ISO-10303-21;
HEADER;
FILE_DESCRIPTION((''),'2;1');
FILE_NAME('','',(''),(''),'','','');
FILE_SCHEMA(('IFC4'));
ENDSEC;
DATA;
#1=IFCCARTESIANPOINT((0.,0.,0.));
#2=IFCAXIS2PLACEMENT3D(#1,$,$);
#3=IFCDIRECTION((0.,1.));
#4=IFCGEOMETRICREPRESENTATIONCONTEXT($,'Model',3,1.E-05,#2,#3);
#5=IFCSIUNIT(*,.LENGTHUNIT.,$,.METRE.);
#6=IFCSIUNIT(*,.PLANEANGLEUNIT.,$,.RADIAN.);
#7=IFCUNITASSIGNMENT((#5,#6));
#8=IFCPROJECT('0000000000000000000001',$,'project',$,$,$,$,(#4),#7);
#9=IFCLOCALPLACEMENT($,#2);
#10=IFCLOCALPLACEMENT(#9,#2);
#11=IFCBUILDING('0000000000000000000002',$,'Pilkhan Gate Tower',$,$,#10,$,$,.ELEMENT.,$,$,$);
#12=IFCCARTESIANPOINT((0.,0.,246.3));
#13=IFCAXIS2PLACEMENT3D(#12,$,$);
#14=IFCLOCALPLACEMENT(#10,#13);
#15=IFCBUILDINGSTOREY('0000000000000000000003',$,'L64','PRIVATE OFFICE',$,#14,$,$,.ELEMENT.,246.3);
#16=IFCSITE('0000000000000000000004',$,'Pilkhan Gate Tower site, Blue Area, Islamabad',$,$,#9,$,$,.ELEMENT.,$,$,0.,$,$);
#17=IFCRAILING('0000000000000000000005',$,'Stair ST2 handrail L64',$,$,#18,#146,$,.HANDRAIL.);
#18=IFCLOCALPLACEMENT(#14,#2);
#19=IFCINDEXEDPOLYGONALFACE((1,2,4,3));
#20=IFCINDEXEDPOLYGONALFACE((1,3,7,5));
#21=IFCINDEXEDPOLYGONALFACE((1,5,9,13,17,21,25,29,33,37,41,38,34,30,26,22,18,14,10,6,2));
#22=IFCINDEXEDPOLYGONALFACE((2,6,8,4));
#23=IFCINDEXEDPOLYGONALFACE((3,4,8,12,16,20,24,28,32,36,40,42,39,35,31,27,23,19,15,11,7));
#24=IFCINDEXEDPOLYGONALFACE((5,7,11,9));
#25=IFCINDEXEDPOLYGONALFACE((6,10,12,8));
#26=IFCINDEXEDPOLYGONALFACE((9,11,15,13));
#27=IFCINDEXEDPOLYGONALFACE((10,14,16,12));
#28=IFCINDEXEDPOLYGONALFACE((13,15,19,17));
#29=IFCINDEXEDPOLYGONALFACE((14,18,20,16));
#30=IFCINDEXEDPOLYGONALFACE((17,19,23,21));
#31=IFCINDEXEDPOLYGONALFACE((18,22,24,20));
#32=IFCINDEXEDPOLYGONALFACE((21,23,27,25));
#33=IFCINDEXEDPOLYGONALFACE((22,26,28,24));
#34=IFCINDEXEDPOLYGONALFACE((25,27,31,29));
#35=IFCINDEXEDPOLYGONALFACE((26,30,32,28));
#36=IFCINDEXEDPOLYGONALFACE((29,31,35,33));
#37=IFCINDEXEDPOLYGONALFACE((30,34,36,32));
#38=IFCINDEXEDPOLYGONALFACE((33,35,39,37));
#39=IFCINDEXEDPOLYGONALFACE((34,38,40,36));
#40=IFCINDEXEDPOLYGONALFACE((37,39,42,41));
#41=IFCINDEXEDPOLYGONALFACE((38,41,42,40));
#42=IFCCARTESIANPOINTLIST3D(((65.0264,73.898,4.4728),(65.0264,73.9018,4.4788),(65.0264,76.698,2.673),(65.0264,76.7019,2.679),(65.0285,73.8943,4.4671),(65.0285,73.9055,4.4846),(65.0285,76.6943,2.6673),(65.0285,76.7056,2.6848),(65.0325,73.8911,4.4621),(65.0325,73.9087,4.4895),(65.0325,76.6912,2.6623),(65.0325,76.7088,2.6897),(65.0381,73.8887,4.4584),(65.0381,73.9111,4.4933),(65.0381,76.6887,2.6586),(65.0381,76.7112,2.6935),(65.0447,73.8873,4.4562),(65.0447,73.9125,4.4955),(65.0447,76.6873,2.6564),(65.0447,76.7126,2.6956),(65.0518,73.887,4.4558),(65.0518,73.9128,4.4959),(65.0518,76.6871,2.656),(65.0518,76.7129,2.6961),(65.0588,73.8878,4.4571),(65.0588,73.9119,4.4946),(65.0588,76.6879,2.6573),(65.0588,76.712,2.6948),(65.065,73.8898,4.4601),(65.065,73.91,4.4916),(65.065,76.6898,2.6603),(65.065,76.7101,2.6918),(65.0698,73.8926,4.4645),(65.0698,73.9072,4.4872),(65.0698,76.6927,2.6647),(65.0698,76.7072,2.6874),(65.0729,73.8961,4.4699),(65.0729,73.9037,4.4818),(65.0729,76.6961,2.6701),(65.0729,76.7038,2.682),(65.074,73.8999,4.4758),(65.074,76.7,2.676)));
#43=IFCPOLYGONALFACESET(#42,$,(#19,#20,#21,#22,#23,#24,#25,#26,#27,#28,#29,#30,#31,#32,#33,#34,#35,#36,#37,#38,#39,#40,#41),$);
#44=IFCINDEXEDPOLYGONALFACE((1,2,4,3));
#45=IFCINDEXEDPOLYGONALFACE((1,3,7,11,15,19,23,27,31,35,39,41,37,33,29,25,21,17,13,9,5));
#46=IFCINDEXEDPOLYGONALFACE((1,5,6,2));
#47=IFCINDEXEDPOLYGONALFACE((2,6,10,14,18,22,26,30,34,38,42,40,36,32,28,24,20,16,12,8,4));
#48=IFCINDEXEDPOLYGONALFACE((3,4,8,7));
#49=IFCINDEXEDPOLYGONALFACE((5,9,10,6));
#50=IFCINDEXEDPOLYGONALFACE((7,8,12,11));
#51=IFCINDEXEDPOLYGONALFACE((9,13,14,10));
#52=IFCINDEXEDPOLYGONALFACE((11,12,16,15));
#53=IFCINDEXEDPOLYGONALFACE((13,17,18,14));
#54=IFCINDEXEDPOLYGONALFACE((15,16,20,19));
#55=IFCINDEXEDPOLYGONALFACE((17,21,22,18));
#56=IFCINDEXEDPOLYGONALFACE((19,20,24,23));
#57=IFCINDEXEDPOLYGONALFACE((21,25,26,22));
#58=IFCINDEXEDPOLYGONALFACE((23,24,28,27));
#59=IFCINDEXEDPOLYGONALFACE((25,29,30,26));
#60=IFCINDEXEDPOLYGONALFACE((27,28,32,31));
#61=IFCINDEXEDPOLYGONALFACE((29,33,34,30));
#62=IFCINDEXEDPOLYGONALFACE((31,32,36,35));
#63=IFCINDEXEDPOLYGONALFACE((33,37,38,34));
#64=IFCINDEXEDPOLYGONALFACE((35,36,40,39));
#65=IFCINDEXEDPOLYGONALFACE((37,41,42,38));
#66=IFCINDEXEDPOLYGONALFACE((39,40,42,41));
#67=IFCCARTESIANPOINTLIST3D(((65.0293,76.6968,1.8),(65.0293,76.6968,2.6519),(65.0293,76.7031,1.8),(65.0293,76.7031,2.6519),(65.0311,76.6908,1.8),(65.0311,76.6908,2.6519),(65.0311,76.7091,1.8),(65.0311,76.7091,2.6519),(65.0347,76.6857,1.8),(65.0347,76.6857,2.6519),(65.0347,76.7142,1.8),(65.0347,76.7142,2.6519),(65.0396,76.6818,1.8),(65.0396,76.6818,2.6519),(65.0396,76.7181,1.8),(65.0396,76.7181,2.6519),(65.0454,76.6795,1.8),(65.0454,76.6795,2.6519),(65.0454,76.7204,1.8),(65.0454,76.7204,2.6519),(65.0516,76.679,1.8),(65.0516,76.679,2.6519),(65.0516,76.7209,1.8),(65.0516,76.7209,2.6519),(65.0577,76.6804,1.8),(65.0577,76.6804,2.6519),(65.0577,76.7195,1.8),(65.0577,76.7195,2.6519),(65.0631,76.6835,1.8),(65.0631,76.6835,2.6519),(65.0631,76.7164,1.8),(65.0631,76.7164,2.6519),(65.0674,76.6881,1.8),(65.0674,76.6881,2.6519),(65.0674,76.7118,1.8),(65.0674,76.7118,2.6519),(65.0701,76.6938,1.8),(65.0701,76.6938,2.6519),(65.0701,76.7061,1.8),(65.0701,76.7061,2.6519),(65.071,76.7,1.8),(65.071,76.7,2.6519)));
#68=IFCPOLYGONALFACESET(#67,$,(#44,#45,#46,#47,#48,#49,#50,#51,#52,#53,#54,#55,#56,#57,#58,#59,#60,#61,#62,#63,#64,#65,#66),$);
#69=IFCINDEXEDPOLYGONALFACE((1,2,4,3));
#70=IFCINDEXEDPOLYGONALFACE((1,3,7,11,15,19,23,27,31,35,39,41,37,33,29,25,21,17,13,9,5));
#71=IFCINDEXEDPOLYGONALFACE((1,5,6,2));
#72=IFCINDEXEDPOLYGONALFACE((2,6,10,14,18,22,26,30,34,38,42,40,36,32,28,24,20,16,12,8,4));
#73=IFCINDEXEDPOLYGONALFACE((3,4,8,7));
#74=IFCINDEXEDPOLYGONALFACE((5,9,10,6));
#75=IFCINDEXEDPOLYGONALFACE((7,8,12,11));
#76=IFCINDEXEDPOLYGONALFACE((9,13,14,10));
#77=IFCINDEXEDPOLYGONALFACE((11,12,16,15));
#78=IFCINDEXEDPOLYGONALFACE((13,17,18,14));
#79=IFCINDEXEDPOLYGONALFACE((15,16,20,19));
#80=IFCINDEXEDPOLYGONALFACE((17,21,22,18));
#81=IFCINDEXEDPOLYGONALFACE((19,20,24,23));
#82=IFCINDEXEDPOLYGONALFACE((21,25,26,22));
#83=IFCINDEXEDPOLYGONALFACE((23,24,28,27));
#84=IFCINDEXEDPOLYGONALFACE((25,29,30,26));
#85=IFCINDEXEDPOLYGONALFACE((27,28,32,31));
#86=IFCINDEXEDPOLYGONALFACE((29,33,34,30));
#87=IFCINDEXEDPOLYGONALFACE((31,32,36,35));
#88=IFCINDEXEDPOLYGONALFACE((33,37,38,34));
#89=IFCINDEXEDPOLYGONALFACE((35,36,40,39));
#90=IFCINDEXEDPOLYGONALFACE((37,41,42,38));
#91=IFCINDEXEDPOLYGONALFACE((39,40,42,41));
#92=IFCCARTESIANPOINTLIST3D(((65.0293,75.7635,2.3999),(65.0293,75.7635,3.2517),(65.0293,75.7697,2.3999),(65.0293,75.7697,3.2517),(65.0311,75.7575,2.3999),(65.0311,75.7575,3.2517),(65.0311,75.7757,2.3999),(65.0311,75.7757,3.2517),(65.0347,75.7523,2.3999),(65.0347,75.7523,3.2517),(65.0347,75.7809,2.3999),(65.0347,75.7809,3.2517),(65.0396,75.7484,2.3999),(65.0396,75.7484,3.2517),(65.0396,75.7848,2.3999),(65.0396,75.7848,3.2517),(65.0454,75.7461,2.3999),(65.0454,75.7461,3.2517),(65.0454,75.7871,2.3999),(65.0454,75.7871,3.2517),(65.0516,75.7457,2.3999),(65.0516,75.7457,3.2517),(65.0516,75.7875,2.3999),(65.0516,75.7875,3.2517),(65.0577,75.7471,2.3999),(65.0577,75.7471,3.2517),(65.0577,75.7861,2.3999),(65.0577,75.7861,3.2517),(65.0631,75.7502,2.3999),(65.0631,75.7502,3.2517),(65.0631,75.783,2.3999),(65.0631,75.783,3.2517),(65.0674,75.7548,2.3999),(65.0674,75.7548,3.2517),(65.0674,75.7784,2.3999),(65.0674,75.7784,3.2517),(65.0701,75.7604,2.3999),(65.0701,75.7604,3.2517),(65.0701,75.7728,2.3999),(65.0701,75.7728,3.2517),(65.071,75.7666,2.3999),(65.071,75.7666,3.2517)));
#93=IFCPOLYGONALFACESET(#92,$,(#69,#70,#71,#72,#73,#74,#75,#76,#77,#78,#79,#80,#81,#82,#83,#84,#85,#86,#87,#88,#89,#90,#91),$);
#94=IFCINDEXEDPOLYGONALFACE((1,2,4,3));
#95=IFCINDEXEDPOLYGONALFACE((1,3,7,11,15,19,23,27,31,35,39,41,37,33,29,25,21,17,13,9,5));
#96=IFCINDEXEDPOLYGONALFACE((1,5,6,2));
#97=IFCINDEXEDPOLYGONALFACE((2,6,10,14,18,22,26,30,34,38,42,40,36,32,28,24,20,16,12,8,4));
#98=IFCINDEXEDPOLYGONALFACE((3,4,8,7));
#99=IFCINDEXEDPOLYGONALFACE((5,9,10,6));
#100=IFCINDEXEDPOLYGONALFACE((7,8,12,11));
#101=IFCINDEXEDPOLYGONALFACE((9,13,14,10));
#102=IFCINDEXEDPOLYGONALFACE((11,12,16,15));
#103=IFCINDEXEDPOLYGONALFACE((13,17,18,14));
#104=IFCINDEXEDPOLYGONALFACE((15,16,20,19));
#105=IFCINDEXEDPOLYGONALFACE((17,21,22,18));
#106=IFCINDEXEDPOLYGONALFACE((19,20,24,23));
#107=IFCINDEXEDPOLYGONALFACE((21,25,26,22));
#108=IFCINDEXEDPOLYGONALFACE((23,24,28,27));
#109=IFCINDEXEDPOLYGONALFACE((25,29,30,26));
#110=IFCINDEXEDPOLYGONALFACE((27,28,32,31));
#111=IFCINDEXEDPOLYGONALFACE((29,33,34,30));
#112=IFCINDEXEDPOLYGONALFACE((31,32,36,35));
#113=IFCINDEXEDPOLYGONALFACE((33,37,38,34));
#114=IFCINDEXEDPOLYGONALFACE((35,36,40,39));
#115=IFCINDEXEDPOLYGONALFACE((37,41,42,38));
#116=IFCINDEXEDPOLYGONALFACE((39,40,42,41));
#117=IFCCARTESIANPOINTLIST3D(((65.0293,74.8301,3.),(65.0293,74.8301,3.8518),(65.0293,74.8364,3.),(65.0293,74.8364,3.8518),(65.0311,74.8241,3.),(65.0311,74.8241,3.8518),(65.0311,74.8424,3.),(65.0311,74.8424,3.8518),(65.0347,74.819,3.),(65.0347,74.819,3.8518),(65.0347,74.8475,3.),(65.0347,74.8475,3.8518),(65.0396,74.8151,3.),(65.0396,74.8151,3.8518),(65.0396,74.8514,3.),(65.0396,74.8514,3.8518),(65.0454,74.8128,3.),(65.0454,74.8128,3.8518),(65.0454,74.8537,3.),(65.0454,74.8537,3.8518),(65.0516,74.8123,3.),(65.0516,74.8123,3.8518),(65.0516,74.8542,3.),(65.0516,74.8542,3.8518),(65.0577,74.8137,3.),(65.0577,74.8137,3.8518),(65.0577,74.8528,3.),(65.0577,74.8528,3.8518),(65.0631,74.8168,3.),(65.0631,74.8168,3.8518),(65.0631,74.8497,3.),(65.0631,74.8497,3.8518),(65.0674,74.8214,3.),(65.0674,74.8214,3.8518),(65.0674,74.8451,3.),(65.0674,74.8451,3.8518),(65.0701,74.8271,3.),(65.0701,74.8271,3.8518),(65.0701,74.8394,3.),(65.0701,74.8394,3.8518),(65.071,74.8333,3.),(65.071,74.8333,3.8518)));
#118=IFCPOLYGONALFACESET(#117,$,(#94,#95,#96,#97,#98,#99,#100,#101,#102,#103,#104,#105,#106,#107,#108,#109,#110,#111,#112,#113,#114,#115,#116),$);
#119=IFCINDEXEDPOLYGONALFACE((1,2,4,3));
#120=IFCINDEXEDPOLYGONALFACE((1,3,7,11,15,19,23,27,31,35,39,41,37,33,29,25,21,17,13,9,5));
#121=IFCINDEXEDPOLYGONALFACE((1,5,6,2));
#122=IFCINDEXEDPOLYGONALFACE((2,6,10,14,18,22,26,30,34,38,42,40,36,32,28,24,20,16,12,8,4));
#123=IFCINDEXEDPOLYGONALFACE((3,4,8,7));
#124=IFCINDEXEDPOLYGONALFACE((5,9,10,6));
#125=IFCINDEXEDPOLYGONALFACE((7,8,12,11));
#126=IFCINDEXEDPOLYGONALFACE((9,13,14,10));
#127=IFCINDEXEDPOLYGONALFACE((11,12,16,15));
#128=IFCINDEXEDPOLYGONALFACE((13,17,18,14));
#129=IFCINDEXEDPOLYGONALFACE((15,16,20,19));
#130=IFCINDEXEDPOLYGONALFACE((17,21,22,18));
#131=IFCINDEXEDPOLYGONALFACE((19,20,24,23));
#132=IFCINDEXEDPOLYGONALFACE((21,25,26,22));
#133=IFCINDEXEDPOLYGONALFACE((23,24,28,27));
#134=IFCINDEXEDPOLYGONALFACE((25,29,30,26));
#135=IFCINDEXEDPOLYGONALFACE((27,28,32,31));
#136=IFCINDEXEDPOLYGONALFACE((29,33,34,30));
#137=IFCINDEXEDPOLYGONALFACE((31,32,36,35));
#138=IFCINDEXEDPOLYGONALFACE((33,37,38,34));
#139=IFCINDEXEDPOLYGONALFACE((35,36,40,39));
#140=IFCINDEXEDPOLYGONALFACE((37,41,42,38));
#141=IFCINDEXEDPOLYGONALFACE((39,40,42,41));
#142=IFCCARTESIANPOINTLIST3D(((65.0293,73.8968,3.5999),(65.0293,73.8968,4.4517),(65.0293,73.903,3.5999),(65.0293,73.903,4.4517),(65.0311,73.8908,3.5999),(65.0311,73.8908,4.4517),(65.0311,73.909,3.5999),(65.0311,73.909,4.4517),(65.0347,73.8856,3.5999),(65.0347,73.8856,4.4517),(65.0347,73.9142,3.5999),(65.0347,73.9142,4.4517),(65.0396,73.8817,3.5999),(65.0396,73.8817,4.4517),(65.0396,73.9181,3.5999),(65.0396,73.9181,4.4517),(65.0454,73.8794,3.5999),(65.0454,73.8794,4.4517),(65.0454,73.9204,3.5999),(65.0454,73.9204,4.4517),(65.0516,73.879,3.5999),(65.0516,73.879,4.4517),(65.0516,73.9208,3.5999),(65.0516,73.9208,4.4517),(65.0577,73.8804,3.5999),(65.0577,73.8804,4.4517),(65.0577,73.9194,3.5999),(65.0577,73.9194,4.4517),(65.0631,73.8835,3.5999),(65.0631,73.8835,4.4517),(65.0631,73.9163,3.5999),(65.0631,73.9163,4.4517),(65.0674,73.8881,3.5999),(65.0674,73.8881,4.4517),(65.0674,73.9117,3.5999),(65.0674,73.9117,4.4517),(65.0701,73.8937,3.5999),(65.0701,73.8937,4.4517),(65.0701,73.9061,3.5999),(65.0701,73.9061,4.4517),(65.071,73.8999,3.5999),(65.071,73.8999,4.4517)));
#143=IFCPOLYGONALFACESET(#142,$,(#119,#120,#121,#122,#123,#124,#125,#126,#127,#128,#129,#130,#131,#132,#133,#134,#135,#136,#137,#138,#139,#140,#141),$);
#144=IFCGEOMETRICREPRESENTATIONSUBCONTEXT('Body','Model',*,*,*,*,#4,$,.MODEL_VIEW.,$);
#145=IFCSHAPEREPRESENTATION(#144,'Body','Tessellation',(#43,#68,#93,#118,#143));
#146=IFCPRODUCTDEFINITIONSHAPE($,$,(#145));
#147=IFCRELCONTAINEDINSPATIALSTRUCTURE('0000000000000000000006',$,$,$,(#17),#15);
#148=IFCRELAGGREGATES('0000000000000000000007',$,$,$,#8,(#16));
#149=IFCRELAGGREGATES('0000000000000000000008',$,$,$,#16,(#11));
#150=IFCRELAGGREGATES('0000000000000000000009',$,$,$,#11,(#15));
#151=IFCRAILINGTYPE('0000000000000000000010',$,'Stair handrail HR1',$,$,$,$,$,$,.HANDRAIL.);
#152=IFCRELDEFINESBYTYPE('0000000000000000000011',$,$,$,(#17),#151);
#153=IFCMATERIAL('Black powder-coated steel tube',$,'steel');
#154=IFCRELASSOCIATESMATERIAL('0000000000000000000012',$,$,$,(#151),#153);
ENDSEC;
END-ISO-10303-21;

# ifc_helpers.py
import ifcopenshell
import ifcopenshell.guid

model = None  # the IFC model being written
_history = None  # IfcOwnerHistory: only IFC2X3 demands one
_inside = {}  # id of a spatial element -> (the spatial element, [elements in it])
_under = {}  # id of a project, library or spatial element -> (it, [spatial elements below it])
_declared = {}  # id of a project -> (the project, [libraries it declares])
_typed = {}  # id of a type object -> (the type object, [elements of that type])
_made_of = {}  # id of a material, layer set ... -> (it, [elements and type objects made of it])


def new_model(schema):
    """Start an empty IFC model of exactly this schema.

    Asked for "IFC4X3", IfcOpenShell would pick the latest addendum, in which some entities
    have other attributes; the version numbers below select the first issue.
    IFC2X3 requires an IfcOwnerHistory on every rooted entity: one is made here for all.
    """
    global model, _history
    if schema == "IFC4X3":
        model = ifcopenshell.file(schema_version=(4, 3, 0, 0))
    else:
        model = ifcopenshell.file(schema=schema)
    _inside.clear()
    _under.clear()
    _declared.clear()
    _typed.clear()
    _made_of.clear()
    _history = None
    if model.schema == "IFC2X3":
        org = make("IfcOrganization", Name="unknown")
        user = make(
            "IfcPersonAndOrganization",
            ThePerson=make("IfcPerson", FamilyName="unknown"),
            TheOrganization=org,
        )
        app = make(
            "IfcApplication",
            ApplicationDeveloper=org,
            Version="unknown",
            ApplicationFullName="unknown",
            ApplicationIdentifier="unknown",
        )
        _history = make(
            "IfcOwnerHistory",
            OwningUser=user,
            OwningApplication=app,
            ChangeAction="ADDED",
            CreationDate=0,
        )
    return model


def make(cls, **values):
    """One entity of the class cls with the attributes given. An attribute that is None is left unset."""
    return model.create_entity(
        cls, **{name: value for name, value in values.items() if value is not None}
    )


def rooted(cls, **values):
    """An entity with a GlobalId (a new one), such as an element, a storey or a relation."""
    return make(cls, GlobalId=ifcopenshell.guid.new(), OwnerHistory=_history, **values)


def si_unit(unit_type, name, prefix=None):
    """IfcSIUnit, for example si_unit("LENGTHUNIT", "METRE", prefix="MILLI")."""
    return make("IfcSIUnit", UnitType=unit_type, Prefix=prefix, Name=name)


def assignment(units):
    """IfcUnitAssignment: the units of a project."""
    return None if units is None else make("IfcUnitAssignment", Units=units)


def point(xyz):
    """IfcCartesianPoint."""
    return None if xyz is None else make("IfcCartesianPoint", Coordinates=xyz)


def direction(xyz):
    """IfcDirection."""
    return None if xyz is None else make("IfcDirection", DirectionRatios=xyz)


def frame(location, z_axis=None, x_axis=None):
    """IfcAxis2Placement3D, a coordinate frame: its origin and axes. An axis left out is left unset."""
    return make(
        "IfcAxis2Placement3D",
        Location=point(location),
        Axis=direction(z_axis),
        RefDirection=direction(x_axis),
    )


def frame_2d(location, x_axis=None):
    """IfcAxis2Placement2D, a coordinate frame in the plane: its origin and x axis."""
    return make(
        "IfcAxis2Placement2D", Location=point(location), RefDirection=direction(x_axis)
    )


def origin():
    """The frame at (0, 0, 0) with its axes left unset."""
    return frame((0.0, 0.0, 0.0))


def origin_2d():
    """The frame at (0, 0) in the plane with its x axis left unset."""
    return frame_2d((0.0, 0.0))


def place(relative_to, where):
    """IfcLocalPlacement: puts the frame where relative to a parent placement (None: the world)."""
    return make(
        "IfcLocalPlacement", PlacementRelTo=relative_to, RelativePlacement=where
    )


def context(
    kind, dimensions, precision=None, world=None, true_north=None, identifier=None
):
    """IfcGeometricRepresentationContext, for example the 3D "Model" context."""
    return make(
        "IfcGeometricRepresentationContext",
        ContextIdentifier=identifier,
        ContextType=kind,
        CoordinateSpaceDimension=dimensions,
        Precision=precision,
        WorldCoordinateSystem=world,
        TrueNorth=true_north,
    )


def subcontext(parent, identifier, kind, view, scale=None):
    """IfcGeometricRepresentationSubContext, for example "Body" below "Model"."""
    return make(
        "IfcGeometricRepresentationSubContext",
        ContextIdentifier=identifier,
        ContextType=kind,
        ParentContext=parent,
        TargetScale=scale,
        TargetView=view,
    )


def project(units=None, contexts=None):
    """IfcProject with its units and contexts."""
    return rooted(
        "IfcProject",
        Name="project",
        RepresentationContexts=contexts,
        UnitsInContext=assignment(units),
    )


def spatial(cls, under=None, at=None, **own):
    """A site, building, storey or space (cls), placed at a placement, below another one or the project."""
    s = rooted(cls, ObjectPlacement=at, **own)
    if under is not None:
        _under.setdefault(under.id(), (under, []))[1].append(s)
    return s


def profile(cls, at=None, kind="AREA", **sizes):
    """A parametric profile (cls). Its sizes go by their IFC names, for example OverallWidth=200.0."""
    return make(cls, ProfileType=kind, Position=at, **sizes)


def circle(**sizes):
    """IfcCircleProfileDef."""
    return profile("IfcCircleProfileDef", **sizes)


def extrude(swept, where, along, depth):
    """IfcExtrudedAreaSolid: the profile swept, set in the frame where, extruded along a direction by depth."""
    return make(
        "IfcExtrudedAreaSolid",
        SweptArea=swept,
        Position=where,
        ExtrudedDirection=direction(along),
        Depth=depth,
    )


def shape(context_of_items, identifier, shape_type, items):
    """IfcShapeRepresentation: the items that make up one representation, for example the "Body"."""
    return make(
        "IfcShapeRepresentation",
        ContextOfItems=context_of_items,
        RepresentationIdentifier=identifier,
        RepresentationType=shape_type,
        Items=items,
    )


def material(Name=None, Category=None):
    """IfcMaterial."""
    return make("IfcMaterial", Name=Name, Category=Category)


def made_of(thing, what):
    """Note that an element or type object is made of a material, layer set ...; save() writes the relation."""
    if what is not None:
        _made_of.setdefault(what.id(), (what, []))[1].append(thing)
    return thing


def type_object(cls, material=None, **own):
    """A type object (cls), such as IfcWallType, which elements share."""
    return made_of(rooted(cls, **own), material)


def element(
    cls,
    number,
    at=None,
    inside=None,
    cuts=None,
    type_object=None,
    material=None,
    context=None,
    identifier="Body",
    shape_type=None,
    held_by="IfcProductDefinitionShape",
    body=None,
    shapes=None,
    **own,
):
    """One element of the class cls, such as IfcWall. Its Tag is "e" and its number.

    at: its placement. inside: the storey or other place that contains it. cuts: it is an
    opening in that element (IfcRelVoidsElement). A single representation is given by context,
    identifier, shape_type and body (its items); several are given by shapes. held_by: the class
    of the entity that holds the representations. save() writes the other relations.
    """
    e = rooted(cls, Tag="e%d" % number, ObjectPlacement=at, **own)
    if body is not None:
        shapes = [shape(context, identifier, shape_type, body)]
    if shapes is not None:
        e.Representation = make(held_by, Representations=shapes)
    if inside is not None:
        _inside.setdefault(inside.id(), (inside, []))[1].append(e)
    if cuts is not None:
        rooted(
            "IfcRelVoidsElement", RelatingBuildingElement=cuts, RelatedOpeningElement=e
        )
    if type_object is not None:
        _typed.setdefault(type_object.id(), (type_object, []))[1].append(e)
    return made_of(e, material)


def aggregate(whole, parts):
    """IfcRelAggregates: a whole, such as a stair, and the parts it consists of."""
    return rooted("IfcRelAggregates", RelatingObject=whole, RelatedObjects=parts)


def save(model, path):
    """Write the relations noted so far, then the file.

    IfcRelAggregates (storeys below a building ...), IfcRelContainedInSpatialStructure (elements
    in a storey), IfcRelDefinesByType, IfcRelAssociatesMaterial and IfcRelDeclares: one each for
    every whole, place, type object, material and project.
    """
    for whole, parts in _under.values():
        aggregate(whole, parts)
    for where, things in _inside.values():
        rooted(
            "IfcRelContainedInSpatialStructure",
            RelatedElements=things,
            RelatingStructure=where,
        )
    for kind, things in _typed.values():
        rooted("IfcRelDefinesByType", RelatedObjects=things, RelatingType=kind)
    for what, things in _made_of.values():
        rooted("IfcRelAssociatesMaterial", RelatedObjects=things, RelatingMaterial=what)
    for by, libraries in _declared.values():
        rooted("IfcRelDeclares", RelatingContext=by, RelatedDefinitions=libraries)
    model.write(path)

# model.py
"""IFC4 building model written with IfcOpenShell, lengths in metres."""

from ifc_helpers import new_model, si_unit, direction, frame, origin, origin_2d, place, context, subcontext, project, spatial, circle, extrude, material, type_object, element, save


model = new_model("IFC4")

# Units and contexts
model_context = context("Model", 3, precision=1e-05, world=origin(), true_north=direction((0.0, 1.0)))
body_context = subcontext(model_context, "Body", "Model", "MODEL_VIEW")
ifc_project = project(units=[si_unit("LENGTHUNIT", "METRE"), si_unit("PLANEANGLEUNIT", "RADIAN")], contexts=[model_context])

# Site, building, storey
site_placement = place(None, origin())
site = spatial("IfcSite", under=ifc_project, at=site_placement, Name="Pilkhan Gate Tower site, Blue Area, Islamabad", CompositionType="ELEMENT", RefElevation=0.0)
building_placement = place(site_placement, origin())
building = spatial("IfcBuilding", under=site, at=building_placement, Name="Pilkhan Gate Tower", CompositionType="ELEMENT")
storey_placement = place(building_placement, frame((0.0, 0.0, 246.3)))
storey = spatial("IfcBuildingStorey", under=building, at=storey_placement, Name="L64", Description="PRIVATE OFFICE", CompositionType="ELEMENT", Elevation=246.3)

# Railing
ifc_material_1 = material(Name="Black powder-coated steel tube", Category="steel")
railing_type = type_object("IfcRailingType", Name="Stair handrail HR1", PredefinedType="HANDRAIL", material=ifc_material_1)
railing_placement = place(storey_placement, frame((65.05, 76.7, 1.8)))
element("IfcRailing", 1, at=railing_placement, inside=storey, type_object=railing_type, Name="Stair ST2 handrail L64", PredefinedType="HANDRAIL", context=body_context, shape_type="SweptSolid", body=[
    extrude(circle(Radius=0.0239, at=origin_2d()), frame((0.0, 0.0, 0.876), z_axis=(0.0, -0.841209, 0.540709), x_axis=(1.0, 0.0, 0.0)), (0.0, 0.0, 1.0), 3.3286),
    extrude(circle(Radius=0.021, at=origin_2d()), origin(), (0.0, 0.0, 1.0), 0.8518),
    extrude(circle(Radius=0.021, at=origin_2d()), frame((0.0, -0.9333, 0.5999)), (0.0, 0.0, 1.0), 0.8518),
    extrude(circle(Radius=0.021, at=origin_2d()), frame((0.0, -1.8667, 1.2)), (0.0, 0.0, 1.0), 0.8518),
    extrude(circle(Radius=0.021, at=origin_2d()), frame((0.0, -2.8, 1.7998)), (0.0, 0.0, 1.0), 0.8518),
])

save(model, "model.ifc")
